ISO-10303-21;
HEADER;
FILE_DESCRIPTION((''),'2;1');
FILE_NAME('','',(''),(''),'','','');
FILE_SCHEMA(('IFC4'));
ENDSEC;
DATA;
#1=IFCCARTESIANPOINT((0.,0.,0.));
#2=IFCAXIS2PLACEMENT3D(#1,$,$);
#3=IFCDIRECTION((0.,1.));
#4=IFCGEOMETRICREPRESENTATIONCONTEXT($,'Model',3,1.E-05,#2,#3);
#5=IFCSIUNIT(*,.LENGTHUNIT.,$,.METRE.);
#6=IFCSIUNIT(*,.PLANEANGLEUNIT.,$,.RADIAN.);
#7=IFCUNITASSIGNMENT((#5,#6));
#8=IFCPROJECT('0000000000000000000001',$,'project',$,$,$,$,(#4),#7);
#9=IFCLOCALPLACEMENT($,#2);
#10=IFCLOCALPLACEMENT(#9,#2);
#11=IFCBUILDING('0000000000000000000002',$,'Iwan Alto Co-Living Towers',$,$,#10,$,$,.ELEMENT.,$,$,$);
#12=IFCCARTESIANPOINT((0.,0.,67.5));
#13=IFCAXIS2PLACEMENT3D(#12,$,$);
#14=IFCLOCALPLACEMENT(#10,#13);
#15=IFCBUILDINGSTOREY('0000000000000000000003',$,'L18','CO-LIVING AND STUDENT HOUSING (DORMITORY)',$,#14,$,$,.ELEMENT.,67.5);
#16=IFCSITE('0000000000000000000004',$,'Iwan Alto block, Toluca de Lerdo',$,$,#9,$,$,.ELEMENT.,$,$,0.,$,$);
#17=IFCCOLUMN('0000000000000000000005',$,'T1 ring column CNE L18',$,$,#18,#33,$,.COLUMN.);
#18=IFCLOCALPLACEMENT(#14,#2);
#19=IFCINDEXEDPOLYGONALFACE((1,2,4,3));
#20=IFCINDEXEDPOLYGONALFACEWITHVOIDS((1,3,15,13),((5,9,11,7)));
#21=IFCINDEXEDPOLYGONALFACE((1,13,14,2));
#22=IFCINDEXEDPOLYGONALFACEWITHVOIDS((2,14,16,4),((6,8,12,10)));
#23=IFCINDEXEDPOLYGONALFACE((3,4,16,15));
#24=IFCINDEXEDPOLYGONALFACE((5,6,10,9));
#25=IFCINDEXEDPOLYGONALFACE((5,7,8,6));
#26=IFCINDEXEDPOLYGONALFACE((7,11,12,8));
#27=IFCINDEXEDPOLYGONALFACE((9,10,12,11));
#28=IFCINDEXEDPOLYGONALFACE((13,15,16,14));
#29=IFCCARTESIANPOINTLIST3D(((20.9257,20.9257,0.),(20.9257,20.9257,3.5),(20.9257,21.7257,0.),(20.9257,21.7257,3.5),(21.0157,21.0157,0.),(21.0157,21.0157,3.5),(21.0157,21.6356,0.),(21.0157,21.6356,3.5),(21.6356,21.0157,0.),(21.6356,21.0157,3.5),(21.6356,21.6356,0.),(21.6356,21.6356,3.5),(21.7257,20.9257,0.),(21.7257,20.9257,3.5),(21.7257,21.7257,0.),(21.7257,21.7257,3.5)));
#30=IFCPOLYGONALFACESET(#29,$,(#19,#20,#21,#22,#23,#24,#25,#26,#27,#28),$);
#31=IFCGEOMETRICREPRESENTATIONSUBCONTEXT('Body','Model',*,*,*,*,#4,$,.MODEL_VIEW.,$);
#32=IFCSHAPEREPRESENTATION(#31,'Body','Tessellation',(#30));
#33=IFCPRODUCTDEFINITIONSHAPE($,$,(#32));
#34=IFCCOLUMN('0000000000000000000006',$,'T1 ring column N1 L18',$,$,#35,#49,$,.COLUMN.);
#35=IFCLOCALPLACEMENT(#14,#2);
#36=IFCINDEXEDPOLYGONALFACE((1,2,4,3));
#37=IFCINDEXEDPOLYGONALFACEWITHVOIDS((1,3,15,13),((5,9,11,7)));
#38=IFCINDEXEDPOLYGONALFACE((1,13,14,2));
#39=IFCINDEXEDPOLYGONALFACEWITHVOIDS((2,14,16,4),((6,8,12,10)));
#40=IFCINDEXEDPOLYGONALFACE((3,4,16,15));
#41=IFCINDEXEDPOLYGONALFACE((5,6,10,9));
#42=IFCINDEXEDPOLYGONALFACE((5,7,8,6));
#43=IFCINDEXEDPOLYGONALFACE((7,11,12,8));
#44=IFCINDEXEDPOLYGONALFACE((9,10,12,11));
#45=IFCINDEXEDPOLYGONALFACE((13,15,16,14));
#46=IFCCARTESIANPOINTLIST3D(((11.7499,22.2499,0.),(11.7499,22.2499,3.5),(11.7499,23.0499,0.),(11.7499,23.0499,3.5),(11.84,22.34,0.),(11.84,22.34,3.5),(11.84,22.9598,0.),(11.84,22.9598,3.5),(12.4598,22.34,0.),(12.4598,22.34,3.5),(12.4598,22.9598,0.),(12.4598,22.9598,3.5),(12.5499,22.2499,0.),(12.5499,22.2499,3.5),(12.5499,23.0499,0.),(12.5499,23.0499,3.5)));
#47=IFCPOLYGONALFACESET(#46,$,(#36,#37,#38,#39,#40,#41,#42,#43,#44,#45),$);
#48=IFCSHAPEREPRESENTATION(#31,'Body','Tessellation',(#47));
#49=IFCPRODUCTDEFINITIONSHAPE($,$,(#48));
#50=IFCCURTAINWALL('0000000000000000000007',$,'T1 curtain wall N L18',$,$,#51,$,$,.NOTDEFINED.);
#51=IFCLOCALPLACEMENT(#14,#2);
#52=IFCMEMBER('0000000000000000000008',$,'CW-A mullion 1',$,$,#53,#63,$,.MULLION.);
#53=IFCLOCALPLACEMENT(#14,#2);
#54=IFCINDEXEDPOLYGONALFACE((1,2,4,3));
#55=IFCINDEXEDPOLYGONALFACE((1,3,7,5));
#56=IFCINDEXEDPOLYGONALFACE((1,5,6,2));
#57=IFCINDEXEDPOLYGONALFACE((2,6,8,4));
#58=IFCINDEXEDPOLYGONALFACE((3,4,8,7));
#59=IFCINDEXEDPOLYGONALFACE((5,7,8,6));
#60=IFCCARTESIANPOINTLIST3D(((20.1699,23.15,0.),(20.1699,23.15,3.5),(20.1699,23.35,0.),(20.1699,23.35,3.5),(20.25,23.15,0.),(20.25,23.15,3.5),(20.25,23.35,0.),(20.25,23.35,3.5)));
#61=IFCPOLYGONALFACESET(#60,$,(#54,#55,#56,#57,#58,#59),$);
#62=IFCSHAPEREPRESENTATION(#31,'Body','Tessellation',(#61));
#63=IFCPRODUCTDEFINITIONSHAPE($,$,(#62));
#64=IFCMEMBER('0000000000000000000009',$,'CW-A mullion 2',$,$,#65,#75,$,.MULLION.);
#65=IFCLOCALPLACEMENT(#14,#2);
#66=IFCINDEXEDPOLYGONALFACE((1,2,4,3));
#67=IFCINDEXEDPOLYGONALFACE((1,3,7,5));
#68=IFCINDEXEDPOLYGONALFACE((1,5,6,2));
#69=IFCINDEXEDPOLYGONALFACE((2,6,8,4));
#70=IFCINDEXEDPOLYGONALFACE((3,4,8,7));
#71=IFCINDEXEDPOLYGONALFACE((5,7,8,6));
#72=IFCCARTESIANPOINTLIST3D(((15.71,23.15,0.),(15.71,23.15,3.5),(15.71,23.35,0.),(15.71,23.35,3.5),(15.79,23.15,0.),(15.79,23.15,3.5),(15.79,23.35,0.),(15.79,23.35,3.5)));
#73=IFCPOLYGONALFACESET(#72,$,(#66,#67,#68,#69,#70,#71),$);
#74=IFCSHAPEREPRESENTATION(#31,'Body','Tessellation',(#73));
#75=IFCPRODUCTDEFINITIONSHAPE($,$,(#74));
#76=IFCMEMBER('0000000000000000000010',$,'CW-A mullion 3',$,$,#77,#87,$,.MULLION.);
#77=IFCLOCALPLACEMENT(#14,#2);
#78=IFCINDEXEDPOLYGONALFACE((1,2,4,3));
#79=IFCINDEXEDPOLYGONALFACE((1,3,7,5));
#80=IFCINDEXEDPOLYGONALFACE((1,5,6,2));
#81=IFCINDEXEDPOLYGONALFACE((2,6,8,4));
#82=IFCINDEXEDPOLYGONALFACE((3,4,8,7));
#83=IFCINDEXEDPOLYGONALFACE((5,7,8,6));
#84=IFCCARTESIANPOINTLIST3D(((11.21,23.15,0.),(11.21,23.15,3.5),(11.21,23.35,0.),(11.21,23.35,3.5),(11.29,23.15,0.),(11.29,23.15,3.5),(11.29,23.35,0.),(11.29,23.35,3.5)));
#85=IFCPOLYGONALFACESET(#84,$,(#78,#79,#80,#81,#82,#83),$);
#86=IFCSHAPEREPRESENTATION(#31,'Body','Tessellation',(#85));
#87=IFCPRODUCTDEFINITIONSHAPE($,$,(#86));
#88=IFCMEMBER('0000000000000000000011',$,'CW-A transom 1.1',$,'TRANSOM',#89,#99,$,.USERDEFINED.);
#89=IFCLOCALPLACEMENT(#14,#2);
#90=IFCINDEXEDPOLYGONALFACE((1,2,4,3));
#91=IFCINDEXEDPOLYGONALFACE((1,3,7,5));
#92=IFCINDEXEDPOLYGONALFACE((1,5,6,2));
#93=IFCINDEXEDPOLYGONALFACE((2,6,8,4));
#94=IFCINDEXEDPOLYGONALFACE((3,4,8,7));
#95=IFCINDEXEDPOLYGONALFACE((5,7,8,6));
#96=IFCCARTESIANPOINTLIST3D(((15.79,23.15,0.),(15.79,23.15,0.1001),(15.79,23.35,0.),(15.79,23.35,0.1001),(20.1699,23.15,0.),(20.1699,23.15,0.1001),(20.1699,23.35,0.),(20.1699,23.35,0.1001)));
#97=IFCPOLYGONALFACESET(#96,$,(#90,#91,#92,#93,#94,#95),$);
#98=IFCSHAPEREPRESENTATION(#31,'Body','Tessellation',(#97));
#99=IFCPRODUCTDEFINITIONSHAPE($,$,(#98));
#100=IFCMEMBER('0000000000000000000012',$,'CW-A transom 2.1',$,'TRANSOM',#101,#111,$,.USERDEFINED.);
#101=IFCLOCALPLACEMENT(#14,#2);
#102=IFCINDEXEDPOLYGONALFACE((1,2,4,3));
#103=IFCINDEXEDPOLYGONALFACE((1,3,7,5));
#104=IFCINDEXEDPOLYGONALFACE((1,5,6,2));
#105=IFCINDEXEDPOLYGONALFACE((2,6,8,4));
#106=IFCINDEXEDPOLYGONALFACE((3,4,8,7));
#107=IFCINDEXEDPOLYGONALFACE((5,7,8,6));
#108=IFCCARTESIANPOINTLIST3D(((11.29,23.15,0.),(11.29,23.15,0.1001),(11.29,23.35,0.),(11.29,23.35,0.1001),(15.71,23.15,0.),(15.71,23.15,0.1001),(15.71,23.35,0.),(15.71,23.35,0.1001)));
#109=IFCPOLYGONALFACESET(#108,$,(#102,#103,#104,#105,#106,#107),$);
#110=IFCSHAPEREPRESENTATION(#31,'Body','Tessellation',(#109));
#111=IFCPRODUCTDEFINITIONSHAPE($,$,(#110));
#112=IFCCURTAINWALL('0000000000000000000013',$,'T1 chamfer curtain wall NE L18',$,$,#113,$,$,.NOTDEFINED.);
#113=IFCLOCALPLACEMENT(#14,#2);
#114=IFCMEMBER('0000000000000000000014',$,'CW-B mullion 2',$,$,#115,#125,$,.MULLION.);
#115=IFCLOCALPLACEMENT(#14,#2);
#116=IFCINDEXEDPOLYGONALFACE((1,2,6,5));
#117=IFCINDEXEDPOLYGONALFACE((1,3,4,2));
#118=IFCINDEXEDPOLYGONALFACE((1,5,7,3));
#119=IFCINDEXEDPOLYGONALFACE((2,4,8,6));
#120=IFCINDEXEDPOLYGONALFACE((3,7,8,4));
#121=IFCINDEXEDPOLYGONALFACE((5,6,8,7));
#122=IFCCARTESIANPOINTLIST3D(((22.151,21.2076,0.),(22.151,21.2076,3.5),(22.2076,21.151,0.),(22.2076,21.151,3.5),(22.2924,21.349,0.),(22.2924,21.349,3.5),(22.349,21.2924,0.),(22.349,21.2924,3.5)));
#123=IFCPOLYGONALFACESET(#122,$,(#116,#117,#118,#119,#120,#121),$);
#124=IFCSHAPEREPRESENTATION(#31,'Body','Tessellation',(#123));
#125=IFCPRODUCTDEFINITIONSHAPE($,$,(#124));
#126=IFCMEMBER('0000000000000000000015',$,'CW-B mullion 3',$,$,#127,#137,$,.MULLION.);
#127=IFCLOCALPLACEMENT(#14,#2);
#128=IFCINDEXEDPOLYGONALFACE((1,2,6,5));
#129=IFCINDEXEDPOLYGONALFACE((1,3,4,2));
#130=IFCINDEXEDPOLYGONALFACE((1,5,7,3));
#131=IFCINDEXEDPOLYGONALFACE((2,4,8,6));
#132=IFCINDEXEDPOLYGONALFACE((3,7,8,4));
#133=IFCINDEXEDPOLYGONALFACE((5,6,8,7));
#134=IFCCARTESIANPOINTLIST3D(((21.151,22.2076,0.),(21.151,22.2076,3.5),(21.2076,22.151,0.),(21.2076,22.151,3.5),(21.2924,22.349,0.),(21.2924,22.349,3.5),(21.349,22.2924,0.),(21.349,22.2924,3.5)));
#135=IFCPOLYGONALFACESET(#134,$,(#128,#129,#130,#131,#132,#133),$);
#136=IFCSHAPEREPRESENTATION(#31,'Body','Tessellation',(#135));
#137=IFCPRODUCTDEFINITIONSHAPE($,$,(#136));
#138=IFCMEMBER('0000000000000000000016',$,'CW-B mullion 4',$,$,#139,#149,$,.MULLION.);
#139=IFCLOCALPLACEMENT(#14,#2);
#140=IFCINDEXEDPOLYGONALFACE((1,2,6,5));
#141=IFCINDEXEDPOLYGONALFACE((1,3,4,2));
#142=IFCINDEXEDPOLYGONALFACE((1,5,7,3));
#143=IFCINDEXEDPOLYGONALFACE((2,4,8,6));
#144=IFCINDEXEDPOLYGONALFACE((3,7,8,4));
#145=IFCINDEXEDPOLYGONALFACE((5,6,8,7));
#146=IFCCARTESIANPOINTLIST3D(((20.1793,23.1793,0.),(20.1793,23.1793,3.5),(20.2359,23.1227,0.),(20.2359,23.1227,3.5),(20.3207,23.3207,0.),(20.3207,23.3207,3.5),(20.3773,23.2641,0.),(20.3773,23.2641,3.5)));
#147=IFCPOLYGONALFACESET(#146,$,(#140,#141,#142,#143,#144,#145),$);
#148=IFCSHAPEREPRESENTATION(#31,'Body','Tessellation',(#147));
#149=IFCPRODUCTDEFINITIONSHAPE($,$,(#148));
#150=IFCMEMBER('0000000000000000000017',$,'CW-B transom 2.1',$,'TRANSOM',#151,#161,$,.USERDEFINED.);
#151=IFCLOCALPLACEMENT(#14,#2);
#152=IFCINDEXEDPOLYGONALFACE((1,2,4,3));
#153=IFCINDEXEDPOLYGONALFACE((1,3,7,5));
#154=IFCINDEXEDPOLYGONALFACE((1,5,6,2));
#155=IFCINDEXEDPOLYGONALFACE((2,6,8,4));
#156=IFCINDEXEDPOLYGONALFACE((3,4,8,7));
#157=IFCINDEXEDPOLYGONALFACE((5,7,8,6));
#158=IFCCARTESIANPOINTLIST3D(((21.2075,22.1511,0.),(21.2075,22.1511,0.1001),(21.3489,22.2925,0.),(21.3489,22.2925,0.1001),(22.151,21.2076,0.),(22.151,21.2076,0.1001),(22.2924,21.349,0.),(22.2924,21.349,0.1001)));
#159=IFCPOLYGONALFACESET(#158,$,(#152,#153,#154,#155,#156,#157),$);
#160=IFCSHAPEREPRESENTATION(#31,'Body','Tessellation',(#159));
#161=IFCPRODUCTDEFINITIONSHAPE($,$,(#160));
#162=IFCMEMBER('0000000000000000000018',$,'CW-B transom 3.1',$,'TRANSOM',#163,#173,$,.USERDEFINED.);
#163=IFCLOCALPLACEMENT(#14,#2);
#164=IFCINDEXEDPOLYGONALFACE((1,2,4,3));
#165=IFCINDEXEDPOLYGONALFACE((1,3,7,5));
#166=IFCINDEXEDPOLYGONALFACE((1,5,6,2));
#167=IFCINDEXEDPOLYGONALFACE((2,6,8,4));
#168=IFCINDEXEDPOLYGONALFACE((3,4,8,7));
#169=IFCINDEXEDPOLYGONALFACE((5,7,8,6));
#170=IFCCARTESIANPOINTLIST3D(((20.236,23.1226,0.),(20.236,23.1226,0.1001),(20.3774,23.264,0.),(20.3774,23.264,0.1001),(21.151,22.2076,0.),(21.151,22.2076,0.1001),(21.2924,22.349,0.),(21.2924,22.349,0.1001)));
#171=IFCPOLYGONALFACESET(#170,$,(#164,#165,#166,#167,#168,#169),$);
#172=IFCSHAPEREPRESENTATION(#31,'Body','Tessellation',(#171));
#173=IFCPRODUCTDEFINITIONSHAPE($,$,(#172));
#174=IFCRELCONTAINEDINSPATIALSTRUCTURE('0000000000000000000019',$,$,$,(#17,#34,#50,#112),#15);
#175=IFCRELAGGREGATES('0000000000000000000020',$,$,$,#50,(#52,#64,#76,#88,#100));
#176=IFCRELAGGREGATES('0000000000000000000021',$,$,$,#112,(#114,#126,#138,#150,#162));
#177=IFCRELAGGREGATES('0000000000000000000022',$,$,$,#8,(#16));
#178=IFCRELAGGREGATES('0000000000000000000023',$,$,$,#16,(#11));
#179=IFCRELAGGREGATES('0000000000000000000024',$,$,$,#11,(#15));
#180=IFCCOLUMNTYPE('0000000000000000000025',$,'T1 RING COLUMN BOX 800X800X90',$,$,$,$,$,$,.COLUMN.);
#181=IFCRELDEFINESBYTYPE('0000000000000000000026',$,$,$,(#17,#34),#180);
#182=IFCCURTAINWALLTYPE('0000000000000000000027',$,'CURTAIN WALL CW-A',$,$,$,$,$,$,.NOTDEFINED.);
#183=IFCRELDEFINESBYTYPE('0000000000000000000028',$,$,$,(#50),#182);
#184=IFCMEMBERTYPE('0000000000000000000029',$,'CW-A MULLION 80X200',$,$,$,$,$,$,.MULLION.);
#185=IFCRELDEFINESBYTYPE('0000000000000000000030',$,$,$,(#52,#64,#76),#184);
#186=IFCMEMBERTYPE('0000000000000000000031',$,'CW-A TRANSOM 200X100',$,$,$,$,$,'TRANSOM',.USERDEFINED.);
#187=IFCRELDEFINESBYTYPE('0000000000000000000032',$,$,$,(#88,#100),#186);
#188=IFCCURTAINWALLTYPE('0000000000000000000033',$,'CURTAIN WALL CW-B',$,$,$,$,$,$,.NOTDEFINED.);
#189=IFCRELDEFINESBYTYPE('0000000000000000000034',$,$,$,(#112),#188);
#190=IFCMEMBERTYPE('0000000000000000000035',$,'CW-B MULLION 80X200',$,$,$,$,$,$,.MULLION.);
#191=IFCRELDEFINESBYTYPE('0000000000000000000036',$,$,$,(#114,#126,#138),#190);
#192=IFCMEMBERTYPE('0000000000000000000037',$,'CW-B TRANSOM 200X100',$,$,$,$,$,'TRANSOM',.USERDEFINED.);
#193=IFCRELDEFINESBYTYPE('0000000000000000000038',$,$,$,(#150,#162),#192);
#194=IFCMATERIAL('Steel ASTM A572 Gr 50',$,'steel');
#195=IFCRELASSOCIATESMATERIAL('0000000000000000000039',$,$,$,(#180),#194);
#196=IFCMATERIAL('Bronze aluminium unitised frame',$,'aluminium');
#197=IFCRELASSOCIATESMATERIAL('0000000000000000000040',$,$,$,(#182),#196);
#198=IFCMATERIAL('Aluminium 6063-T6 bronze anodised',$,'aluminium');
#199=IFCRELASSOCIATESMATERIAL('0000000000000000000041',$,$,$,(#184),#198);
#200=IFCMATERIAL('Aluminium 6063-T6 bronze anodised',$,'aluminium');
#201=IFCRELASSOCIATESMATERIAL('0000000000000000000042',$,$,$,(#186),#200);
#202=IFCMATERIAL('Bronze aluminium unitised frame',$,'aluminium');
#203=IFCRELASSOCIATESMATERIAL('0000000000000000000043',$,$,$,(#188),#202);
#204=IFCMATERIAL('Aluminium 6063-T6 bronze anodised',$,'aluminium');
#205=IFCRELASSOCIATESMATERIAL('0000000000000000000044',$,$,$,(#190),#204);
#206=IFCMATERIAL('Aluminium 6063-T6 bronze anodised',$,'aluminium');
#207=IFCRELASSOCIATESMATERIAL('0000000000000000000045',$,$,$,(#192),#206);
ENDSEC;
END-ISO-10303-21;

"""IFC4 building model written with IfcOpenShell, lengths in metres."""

from ifc_helpers import new_model, si_unit, direction, frame, origin, origin_2d, place, context, subcontext, project, spatial, rectangle, hollow_rectangle, extrude, material, material_profile, profile_set, type_object, element, aggregate, save


model = new_model("IFC4")

# Units and contexts
model_context = context("Model", 3, precision=1e-05, world=origin(), true_north=direction((0.0, 1.0)))
body_context = subcontext(model_context, "Body", "Model", "MODEL_VIEW")
ifc_project = project(units=[si_unit("LENGTHUNIT", "METRE"), si_unit("PLANEANGLEUNIT", "RADIAN")], contexts=[model_context])

# Site, building, storey
site_placement = place(None, origin())
site = spatial("IfcSite", under=ifc_project, at=site_placement, Name="Iwan Alto block, Toluca de Lerdo", CompositionType="ELEMENT", RefElevation=0.0)
building_placement = place(site_placement, origin())
building = spatial("IfcBuilding", under=site, at=building_placement, Name="Iwan Alto Co-Living Towers", CompositionType="ELEMENT")
storey_placement = place(building_placement, frame((0.0, 0.0, 67.5)))
storey = spatial("IfcBuildingStorey", under=building, at=storey_placement, Name="L18", Description="CO-LIVING AND STUDENT HOUSING (DORMITORY)", CompositionType="ELEMENT", Elevation=67.5)

# Columns
ifc_material_1 = material(Name="Steel ASTM A572 Gr 50", Category="steel")
ifc_material_profile_1 = material_profile(ifc_material_1, hollow_rectangle(XDim=0.8, YDim=0.8, WallThickness=0.0901, at=origin_2d()), Name="BOX 800X800X90")
ifc_profile_set_1 = profile_set([ifc_material_profile_1], Name="Steel ASTM A572 Gr 50")
column_type = type_object("IfcColumnType", Name="T1 RING COLUMN BOX 800X800X90", PredefinedType="COLUMN", material=ifc_profile_set_1)
for number, where, z_axis, x_axis, name in (
    (1, (21.3257, 21.3257, 0.0), (0.0, 0.0, 1.0), (1.0, 0.0, 0.0), "T1 ring column CNE L18"),
    (2, (12.1499, 22.6499, 0.0), (0.0, 0.0, 1.0), (1.0, 0.0, 0.0), "T1 ring column N1 L18"),
):
    element("IfcColumn", number, at=place(storey_placement, frame(where, z_axis=z_axis, x_axis=x_axis)), inside=storey, type_object=column_type, Name=name, PredefinedType="COLUMN", context=body_context, shape_type="SweptSolid", body=[
        extrude(hollow_rectangle(XDim=0.8, YDim=0.8, WallThickness=0.0901, at=origin_2d()), origin(), (0.0, 0.0, 1.0), 3.5),
    ])

# Curtain walls, members
ifc_material_2 = material(Name="Bronze aluminium unitised frame", Category="aluminium")
curtain_wall_type_1 = type_object("IfcCurtainWallType", Name="CURTAIN WALL CW-A", PredefinedType="NOTDEFINED", material=ifc_material_2)
curtain_wall_1_placement = place(storey_placement, origin())
curtain_wall_1 = element("IfcCurtainWall", 3, at=curtain_wall_1_placement, inside=storey, type_object=curtain_wall_type_1, Name="T1 curtain wall N L18", PredefinedType="NOTDEFINED")
ifc_material_3 = material(Name="Aluminium 6063-T6 bronze anodised", Category="aluminium")
ifc_material_profile_2 = material_profile(ifc_material_3, rectangle(XDim=0.2, YDim=0.0801, at=origin_2d()), Name="AL 80X200")
ifc_profile_set_2 = profile_set([ifc_material_profile_2], Name="Aluminium 6063-T6 bronze anodised")
member_type_1 = type_object("IfcMemberType", Name="CW-A MULLION 80X200", PredefinedType="MULLION", material=ifc_profile_set_2)
member_1_placement = place(storey_placement, frame((20.21, 23.25, 0.0), z_axis=(0.0, 0.0, 1.0), x_axis=(0.0, -1.0, 0.0)))
member_1 = element("IfcMember", 4, at=member_1_placement, type_object=member_type_1, Name="CW-A mullion 1", PredefinedType="MULLION", context=body_context, shape_type="SweptSolid", body=[
    extrude(rectangle(XDim=0.2, YDim=0.0801, at=origin_2d()), origin(), (0.0, 0.0, 1.0), 3.5),
])
member_2_placement = place(storey_placement, frame((15.75, 23.25, 0.0), z_axis=(0.0, 0.0, 1.0), x_axis=(0.0, -1.0, 0.0)))
member_2 = element("IfcMember", 5, at=member_2_placement, type_object=member_type_1, Name="CW-A mullion 2", PredefinedType="MULLION", context=body_context, shape_type="SweptSolid", body=[
    extrude(rectangle(XDim=0.2, YDim=0.0801, at=origin_2d()), origin(), (0.0, 0.0, 1.0), 3.5),
])
member_3_placement = place(storey_placement, frame((11.25, 23.25, 0.0), z_axis=(0.0, 0.0, 1.0), x_axis=(0.0, -1.0, 0.0)))
member_3 = element("IfcMember", 6, at=member_3_placement, type_object=member_type_1, Name="CW-A mullion 3", PredefinedType="MULLION", context=body_context, shape_type="SweptSolid", body=[
    extrude(rectangle(XDim=0.2, YDim=0.0801, at=origin_2d()), origin(), (0.0, 0.0, 1.0), 3.5),
])
ifc_material_4 = material(Name="Aluminium 6063-T6 bronze anodised", Category="aluminium")
ifc_material_profile_3 = material_profile(ifc_material_4, rectangle(XDim=0.2, YDim=0.1001, at=origin_2d()), Name="AL 200X100")
ifc_profile_set_3 = profile_set([ifc_material_profile_3], Name="Aluminium 6063-T6 bronze anodised")
member_type_2 = type_object("IfcMemberType", Name="CW-A TRANSOM 200X100", ElementType="TRANSOM", PredefinedType="USERDEFINED", material=ifc_profile_set_3)
member_4_placement = place(storey_placement, frame((20.1699, 23.25, 0.05), z_axis=(-1.0, 0.0, 0.0), x_axis=(0.0, -1.0, 0.0)))
member_4 = element("IfcMember", 7, at=member_4_placement, type_object=member_type_2, Name="CW-A transom 1.1", ObjectType="TRANSOM", PredefinedType="USERDEFINED", context=body_context, shape_type="SweptSolid", body=[
    extrude(rectangle(XDim=0.2, YDim=0.1001, at=origin_2d()), origin(), (0.0, 0.0, 1.0), 4.3799),
])
member_5_placement = place(storey_placement, frame((15.71, 23.25, 0.05), z_axis=(-1.0, 0.0, 0.0), x_axis=(0.0, -1.0, 0.0)))
member_5 = element("IfcMember", 8, at=member_5_placement, type_object=member_type_2, Name="CW-A transom 2.1", ObjectType="TRANSOM", PredefinedType="USERDEFINED", context=body_context, shape_type="SweptSolid", body=[
    extrude(rectangle(XDim=0.2, YDim=0.1001, at=origin_2d()), origin(), (0.0, 0.0, 1.0), 4.4199),
])
ifc_material_5 = material(Name="Bronze aluminium unitised frame", Category="aluminium")
curtain_wall_type_2 = type_object("IfcCurtainWallType", Name="CURTAIN WALL CW-B", PredefinedType="NOTDEFINED", material=ifc_material_5)
curtain_wall_2_placement = place(storey_placement, origin())
curtain_wall_2 = element("IfcCurtainWall", 9, at=curtain_wall_2_placement, inside=storey, type_object=curtain_wall_type_2, Name="T1 chamfer curtain wall NE L18", PredefinedType="NOTDEFINED")
ifc_material_6 = material(Name="Aluminium 6063-T6 bronze anodised", Category="aluminium")
ifc_material_profile_4 = material_profile(ifc_material_6, rectangle(XDim=0.2, YDim=0.0801, at=origin_2d()), Name="AL 80X200")
ifc_profile_set_4 = profile_set([ifc_material_profile_4], Name="Aluminium 6063-T6 bronze anodised")
member_type_3 = type_object("IfcMemberType", Name="CW-B MULLION 80X200", PredefinedType="MULLION", material=ifc_profile_set_4)
member_6_placement = place(storey_placement, frame((22.25, 21.25, 0.0), z_axis=(0.0, 0.0, 1.0), x_axis=(-0.707107, -0.707107, 0.0)))
member_6 = element("IfcMember", 10, at=member_6_placement, type_object=member_type_3, Name="CW-B mullion 2", PredefinedType="MULLION", context=body_context, shape_type="SweptSolid", body=[
    extrude(rectangle(XDim=0.2, YDim=0.0801, at=origin_2d()), origin(), (0.0, 0.0, 1.0), 3.5),
])
member_7_placement = place(storey_placement, frame((21.25, 22.25, 0.0), z_axis=(0.0, 0.0, 1.0), x_axis=(-0.707107, -0.707107, 0.0)))
member_7 = element("IfcMember", 11, at=member_7_placement, type_object=member_type_3, Name="CW-B mullion 3", PredefinedType="MULLION", context=body_context, shape_type="SweptSolid", body=[
    extrude(rectangle(XDim=0.2, YDim=0.0801, at=origin_2d()), origin(), (0.0, 0.0, 1.0), 3.5),
])
member_8_placement = place(storey_placement, frame((20.2783, 23.2217, 0.0), z_axis=(0.0, 0.0, 1.0), x_axis=(-0.707107, -0.707107, 0.0)))
member_8 = element("IfcMember", 12, at=member_8_placement, type_object=member_type_3, Name="CW-B mullion 4", PredefinedType="MULLION", context=body_context, shape_type="SweptSolid", body=[
    extrude(rectangle(XDim=0.2, YDim=0.0801, at=origin_2d()), origin(), (0.0, 0.0, 1.0), 3.5),
])
ifc_material_7 = material(Name="Aluminium 6063-T6 bronze anodised", Category="aluminium")
ifc_material_profile_5 = material_profile(ifc_material_7, rectangle(XDim=0.2, YDim=0.1001, at=origin_2d()), Name="AL 200X100")
ifc_profile_set_5 = profile_set([ifc_material_profile_5], Name="Aluminium 6063-T6 bronze anodised")
member_type_4 = type_object("IfcMemberType", Name="CW-B TRANSOM 200X100", ElementType="TRANSOM", PredefinedType="USERDEFINED", material=ifc_profile_set_5)
member_9_placement = place(storey_placement, frame((22.2217, 21.2783, 0.05), z_axis=(-0.707107, 0.707107, 0.0), x_axis=(-0.707107, -0.707107, 0.0)))
member_9 = element("IfcMember", 13, at=member_9_placement, type_object=member_type_4, Name="CW-B transom 2.1", ObjectType="TRANSOM", PredefinedType="USERDEFINED", context=body_context, shape_type="SweptSolid", body=[
    extrude(rectangle(XDim=0.2, YDim=0.1001, at=origin_2d()), origin(), (0.0, 0.0, 1.0), 1.3342),
])
member_10_placement = place(storey_placement, frame((21.2217, 22.2783, 0.05), z_axis=(-0.707107, 0.707107, 0.0), x_axis=(-0.707107, -0.707107, 0.0)))
member_10 = element("IfcMember", 14, at=member_10_placement, type_object=member_type_4, Name="CW-B transom 3.1", ObjectType="TRANSOM", PredefinedType="USERDEFINED", context=body_context, shape_type="SweptSolid", body=[
    extrude(rectangle(XDim=0.2, YDim=0.1001, at=origin_2d()), origin(), (0.0, 0.0, 1.0), 1.2939),
])

aggregate(curtain_wall_1, [member_1, member_2, member_3, member_4, member_5])
aggregate(curtain_wall_2, [member_6, member_7, member_8, member_9, member_10])

save(model, "model.ifc")
